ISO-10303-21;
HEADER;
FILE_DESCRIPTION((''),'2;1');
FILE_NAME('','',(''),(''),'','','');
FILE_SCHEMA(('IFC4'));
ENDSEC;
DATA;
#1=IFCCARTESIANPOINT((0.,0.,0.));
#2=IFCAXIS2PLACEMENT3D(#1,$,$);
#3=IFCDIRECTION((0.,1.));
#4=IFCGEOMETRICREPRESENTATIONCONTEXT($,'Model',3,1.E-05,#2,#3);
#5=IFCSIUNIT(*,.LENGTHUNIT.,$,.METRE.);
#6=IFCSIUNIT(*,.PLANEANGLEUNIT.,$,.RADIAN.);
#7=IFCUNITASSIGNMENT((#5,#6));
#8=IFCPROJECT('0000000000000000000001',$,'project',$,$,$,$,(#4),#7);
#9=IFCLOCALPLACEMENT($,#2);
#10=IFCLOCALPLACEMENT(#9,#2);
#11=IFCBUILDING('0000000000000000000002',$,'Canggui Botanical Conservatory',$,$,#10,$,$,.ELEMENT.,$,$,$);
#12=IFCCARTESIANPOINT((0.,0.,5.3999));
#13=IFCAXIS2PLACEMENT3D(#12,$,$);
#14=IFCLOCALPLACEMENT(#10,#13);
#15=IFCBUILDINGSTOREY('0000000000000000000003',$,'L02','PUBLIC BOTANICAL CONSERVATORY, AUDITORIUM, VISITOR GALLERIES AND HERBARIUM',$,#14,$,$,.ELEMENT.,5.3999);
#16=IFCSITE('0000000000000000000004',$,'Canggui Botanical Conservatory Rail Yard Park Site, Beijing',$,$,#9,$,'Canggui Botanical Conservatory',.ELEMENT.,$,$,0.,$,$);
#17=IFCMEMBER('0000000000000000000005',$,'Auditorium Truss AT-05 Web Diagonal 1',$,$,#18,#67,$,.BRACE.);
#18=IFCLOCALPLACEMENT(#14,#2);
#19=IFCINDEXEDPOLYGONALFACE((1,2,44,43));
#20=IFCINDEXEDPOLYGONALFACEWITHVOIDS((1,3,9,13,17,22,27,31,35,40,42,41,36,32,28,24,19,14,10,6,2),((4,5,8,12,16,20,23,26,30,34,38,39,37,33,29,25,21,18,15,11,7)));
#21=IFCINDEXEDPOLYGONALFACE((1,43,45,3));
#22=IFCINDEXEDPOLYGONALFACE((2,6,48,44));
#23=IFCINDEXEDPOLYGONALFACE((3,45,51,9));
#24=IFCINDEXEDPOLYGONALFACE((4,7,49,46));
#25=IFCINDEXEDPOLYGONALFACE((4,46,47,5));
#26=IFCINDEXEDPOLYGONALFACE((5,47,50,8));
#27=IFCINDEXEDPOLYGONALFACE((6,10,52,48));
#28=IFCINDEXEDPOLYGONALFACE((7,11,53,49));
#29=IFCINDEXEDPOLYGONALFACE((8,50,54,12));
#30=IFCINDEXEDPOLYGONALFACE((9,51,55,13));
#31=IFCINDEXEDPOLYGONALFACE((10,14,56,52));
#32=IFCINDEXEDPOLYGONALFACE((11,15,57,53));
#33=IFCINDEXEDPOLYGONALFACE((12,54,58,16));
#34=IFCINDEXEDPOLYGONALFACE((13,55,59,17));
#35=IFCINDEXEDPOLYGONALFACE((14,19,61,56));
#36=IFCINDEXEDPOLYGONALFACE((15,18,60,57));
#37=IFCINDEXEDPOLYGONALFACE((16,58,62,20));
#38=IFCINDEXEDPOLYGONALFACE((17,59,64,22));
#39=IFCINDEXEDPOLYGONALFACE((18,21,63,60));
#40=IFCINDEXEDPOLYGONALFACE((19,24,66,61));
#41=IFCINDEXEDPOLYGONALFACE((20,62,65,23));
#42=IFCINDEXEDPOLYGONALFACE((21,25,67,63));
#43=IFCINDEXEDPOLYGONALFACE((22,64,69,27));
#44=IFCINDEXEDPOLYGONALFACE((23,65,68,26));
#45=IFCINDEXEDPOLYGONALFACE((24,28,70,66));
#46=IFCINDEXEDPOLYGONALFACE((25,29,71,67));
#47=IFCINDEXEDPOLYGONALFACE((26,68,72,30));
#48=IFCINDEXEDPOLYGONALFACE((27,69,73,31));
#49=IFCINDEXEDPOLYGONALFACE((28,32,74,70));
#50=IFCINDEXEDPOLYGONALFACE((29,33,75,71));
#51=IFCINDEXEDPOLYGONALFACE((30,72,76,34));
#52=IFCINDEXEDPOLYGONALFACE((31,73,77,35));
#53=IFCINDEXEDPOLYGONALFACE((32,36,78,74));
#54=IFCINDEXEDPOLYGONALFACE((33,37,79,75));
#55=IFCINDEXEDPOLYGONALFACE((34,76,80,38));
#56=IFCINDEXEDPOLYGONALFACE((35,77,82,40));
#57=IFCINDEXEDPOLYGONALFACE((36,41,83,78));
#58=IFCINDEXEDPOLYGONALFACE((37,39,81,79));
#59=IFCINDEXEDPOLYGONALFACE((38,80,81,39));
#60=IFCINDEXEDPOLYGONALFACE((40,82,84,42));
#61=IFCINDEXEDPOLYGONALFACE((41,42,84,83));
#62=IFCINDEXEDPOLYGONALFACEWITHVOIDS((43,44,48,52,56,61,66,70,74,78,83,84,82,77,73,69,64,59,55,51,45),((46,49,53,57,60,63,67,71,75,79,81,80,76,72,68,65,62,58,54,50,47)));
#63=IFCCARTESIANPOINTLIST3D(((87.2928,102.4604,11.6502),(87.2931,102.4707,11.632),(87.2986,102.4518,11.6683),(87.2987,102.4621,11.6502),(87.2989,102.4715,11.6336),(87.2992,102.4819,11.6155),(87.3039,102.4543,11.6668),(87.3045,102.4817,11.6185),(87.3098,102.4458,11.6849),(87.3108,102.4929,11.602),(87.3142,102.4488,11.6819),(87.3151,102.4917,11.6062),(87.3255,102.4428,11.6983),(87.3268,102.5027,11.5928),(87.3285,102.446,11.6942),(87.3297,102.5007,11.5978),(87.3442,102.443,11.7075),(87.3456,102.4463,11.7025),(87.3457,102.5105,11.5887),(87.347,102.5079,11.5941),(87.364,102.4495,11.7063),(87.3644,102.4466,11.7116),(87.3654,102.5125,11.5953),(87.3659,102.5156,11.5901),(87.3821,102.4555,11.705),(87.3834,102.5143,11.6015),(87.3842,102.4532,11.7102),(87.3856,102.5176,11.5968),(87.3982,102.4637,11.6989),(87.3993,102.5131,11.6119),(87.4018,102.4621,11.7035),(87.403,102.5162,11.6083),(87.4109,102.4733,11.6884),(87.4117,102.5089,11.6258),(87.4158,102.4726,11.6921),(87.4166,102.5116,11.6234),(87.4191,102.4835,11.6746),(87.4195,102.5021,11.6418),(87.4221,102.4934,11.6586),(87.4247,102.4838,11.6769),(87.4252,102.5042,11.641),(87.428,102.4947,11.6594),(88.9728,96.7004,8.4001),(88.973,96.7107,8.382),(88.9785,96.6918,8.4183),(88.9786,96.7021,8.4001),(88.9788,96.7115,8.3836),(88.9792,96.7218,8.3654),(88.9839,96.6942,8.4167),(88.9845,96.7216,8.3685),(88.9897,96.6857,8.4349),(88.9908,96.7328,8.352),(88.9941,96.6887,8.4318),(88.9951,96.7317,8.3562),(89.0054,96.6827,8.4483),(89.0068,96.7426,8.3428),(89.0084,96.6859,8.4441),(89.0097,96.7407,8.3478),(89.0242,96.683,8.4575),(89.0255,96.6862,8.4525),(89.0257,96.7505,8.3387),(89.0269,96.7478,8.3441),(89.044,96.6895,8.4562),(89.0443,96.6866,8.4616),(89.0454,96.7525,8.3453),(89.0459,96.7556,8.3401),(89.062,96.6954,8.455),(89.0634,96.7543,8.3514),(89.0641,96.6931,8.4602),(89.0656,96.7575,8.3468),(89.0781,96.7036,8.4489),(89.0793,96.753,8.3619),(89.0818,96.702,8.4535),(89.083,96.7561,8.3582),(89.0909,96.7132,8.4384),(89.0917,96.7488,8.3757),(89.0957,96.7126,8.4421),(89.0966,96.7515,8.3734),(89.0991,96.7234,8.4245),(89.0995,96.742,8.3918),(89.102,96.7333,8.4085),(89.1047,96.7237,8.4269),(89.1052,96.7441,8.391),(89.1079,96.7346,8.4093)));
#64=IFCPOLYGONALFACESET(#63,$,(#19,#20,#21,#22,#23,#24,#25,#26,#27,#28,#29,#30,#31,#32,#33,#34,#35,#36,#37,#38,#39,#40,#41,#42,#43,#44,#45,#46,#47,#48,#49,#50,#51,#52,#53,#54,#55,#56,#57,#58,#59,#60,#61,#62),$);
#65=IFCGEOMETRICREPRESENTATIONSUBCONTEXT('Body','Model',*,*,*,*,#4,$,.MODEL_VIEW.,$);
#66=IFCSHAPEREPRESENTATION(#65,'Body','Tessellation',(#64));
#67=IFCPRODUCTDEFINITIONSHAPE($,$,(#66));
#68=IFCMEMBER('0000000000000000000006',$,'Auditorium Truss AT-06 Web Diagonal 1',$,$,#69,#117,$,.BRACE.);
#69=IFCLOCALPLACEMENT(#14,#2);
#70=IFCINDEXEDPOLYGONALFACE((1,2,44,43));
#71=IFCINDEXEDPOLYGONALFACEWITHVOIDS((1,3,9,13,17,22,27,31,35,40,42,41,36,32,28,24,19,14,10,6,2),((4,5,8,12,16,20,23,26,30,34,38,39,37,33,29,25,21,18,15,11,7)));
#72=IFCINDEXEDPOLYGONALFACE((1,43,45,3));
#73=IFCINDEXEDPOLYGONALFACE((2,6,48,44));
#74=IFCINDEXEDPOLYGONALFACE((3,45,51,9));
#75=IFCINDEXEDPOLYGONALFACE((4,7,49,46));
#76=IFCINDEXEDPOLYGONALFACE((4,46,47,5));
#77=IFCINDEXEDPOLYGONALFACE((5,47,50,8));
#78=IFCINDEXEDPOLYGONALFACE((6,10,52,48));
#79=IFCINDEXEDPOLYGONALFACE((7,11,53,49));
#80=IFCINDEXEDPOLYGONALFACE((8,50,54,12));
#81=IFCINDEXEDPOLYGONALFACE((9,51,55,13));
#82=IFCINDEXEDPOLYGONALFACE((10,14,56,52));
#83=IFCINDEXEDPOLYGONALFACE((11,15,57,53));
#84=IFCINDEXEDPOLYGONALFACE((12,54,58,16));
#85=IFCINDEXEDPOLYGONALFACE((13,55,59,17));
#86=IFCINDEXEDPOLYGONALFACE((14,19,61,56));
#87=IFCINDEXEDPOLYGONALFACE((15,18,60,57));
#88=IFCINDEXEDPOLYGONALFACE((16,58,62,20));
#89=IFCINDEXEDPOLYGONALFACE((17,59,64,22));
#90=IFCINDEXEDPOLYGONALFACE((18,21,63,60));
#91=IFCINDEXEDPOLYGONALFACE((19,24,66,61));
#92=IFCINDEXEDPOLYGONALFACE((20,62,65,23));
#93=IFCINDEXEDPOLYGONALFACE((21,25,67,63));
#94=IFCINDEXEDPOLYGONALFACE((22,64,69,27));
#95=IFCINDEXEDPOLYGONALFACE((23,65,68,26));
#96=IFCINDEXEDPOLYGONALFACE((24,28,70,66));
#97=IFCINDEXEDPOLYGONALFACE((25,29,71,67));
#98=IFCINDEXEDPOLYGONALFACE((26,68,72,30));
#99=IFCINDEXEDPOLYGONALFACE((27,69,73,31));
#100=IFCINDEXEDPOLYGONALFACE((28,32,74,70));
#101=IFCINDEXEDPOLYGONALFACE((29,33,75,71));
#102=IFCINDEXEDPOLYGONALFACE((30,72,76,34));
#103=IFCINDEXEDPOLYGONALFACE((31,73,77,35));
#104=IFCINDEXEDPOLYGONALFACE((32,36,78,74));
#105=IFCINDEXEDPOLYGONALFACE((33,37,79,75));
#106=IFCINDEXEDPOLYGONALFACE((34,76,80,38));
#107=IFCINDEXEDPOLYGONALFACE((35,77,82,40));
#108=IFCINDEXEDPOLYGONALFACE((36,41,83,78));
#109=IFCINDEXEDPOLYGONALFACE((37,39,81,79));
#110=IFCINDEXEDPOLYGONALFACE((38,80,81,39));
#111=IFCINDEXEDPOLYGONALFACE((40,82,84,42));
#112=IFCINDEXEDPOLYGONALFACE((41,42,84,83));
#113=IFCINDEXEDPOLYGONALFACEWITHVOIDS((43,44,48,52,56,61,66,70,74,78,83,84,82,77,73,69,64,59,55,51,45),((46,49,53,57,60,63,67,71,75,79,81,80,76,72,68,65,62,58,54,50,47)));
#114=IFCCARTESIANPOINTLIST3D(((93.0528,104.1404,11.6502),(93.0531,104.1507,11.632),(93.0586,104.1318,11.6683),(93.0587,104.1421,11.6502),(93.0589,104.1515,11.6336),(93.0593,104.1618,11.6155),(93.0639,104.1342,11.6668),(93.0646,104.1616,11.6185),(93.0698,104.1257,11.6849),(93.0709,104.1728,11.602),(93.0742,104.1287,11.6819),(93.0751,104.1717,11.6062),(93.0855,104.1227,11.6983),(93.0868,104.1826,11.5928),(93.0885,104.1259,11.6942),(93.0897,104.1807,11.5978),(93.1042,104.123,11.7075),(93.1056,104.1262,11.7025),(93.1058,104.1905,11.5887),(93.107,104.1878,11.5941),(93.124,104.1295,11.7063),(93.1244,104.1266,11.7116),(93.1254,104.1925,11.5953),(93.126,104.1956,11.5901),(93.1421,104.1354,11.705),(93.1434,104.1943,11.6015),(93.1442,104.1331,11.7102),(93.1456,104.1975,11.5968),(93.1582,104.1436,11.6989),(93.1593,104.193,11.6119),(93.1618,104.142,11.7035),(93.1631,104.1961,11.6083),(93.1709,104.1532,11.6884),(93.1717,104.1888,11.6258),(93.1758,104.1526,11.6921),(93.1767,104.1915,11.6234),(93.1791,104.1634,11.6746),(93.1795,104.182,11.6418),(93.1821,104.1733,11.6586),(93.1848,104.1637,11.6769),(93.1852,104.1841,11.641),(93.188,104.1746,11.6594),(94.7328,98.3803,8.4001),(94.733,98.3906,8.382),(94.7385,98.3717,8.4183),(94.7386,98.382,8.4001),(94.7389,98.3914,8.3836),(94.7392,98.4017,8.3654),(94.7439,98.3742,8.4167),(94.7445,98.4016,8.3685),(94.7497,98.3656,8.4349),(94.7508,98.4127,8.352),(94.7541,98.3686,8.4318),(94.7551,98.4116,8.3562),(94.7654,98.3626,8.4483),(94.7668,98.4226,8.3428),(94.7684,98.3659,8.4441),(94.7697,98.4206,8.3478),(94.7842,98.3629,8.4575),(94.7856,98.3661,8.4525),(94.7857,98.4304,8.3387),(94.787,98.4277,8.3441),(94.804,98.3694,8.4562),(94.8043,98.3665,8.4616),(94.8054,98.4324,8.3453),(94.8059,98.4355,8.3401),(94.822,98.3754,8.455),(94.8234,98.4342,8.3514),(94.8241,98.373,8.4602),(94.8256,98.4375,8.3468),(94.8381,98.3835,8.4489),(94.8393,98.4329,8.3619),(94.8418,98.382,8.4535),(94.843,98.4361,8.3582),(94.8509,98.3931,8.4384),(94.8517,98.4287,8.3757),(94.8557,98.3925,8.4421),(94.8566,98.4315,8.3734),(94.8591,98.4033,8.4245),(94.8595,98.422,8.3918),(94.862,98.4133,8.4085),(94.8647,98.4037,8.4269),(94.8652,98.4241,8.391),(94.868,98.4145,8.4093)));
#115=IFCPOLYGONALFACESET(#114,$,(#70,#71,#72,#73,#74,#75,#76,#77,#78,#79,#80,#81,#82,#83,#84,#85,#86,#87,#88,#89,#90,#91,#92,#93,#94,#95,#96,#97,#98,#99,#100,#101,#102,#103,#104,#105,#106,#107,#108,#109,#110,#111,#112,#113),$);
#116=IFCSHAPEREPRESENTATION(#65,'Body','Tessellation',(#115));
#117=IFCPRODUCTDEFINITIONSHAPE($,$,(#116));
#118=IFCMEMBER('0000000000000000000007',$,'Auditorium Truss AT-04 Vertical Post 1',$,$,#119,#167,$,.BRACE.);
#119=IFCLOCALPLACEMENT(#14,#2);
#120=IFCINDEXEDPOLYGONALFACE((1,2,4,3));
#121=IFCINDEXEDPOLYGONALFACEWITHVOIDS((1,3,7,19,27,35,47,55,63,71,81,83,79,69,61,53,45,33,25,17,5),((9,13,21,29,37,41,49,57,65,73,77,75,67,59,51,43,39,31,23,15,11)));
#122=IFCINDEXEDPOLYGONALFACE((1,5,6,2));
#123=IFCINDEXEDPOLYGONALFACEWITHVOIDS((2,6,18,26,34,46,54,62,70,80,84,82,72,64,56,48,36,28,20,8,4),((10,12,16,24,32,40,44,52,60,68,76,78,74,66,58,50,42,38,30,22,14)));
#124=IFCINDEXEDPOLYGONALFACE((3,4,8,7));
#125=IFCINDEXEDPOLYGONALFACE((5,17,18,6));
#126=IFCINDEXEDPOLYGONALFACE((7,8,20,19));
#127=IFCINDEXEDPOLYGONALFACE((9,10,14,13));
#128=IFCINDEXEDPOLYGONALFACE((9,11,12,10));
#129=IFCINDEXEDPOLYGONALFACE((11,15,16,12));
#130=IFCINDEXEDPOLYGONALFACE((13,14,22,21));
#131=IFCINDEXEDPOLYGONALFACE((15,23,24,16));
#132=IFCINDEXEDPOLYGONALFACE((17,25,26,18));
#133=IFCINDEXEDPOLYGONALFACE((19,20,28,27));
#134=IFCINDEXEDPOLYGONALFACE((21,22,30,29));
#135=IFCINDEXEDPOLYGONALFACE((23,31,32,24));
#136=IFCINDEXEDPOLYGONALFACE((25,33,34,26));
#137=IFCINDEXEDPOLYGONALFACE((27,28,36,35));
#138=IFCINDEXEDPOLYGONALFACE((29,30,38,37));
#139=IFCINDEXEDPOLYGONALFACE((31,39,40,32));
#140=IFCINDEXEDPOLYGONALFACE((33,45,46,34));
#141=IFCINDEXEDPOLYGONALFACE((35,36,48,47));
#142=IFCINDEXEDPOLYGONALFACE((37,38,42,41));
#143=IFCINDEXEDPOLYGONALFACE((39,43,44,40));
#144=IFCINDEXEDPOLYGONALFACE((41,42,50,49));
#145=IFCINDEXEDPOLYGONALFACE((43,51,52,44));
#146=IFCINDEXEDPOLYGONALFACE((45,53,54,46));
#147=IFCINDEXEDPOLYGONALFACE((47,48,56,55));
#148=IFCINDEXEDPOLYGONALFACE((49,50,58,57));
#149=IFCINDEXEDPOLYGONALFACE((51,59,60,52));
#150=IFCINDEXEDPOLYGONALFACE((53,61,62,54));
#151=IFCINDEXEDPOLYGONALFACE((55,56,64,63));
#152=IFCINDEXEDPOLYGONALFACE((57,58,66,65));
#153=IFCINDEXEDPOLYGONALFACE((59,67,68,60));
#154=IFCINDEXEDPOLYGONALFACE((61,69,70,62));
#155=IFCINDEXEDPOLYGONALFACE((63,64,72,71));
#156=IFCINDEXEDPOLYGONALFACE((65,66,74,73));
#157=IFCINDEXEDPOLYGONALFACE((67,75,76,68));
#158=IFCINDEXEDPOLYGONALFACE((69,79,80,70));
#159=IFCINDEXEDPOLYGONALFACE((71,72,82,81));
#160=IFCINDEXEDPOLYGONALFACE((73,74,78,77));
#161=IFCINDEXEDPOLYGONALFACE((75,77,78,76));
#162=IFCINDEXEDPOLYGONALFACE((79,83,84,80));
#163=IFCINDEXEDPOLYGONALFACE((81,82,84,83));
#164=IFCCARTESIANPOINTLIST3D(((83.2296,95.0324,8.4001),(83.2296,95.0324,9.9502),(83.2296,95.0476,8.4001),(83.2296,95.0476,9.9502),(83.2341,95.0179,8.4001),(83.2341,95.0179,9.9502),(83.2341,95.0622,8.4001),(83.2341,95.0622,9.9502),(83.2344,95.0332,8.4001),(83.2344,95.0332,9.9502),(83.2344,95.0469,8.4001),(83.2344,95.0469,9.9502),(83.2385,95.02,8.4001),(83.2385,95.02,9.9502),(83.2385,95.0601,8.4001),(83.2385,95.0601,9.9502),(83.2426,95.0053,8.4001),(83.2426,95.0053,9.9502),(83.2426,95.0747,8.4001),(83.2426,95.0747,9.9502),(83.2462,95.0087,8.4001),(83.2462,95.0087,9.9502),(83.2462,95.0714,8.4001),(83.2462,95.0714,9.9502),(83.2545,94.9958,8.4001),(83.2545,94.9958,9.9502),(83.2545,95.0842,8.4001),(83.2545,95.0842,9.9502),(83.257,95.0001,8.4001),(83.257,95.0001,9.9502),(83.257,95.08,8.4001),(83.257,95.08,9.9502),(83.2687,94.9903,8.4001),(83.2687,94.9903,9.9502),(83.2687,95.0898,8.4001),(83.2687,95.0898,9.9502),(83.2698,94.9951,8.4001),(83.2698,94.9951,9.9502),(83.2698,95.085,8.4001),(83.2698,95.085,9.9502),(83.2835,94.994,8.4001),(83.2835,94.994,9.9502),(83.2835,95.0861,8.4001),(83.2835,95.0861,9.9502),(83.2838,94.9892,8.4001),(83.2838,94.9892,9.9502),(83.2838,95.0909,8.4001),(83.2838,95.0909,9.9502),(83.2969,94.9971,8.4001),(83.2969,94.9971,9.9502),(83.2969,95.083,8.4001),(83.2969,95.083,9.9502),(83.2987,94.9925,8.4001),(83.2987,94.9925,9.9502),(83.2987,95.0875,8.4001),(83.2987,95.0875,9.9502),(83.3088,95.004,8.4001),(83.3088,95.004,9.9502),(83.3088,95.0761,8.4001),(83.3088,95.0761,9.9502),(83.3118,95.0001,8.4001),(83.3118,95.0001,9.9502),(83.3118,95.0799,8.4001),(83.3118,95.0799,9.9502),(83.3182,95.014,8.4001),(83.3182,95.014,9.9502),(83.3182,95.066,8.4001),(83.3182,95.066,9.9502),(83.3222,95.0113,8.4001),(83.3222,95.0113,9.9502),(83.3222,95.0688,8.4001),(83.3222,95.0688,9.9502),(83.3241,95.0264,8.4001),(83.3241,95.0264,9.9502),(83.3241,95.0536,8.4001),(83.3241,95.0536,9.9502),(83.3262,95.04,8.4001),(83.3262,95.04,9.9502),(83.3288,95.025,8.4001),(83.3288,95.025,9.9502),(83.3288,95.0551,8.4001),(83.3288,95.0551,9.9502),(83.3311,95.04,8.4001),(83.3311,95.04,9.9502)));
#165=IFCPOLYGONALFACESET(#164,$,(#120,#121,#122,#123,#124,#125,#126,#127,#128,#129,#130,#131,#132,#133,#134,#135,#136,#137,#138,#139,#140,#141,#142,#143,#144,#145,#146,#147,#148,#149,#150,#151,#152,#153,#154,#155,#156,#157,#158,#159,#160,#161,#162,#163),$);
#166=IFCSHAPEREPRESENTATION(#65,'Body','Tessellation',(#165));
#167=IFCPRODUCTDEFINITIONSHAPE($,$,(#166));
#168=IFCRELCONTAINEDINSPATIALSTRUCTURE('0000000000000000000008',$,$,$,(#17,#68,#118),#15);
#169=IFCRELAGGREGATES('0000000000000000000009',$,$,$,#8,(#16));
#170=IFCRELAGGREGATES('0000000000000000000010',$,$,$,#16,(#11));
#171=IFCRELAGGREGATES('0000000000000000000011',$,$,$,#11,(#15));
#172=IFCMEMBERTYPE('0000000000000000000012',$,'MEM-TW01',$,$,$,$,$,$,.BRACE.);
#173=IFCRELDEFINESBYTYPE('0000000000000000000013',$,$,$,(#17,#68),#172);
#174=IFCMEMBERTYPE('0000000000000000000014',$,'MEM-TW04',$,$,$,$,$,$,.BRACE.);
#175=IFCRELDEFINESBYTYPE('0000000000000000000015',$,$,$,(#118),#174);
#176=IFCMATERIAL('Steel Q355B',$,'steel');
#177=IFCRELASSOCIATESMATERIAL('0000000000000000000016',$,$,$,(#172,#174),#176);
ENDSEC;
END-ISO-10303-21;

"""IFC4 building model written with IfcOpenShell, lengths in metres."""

from ifc_helpers import new_model, si_unit, direction, frame, origin, origin_2d, place, context, subcontext, project, spatial, hollow_circle, extrude, material, material_profile, profile_set, type_object, element, save


model = new_model("IFC4")

# Units and contexts
model_context = context("Model", 3, precision=1e-05, world=origin(), true_north=direction((0.0, 1.0)))
body_context = subcontext(model_context, "Body", "Model", "MODEL_VIEW")
ifc_project = project(units=[si_unit("LENGTHUNIT", "METRE"), si_unit("PLANEANGLEUNIT", "RADIAN")], contexts=[model_context])

# Site, building, storey
site_placement = place(None, origin())
site = spatial("IfcSite", under=ifc_project, at=site_placement, Name="Canggui Botanical Conservatory Rail Yard Park Site, Beijing", LongName="Canggui Botanical Conservatory", CompositionType="ELEMENT", RefElevation=0.0)
building_placement = place(site_placement, origin())
building = spatial("IfcBuilding", under=site, at=building_placement, Name="Canggui Botanical Conservatory", CompositionType="ELEMENT")
storey_placement = place(building_placement, frame((0.0, 0.0, 5.3999)))
storey = spatial("IfcBuildingStorey", under=building, at=storey_placement, Name="L02", Description="PUBLIC BOTANICAL CONSERVATORY, AUDITORIUM, VISITOR GALLERIES AND HERBARIUM", CompositionType="ELEMENT", Elevation=5.3999)

# Shared definitions
ifc_material_1 = material(Name="Steel Q355B", Category="steel")

# Members
ifc_material_profile_1 = material_profile(ifc_material_1, hollow_circle(Radius=0.0701, WallThickness=0.0061, at=origin_2d()), Name="CHS 140x6")
ifc_profile_set_1 = profile_set([ifc_material_profile_1], Name="Steel Q355B")
member_type_1 = type_object("IfcMemberType", Name="MEM-TW01", PredefinedType="BRACE", material=ifc_profile_set_1)
for number, where, z_axis, x_axis, name in (
    (1, (89.04, 96.72, 8.4001), (-0.246192, 0.844123, 0.476284), (-0.960003, -0.279989, 0.0), "Auditorium Truss AT-05 Web Diagonal 1"),
    (2, (94.8, 98.3999, 8.4001), (-0.246192, 0.844123, 0.476284), (-0.960003, -0.279989, 0.0), "Auditorium Truss AT-06 Web Diagonal 1"),
):
    element("IfcMember", number, at=place(storey_placement, frame(where, z_axis=z_axis, x_axis=x_axis)), inside=storey, type_object=member_type_1, Name=name, PredefinedType="BRACE", context=body_context, shape_type="SweptSolid", body=[
        extrude(hollow_circle(Radius=0.0701, WallThickness=0.0061, at=origin_2d()), origin(), (0.0, 0.0, 1.0), 6.8237),
    ])
ifc_material_profile_2 = material_profile(ifc_material_1, hollow_circle(Radius=0.051, WallThickness=0.0049, at=origin_2d()), Name="CHS 102x5")
ifc_profile_set_2 = profile_set([ifc_material_profile_2], Name="Steel Q355B")
member_type_2 = type_object("IfcMemberType", Name="MEM-TW04", PredefinedType="BRACE", material=ifc_profile_set_2)
for number, where, z_axis, x_axis, name in (
    (3, (83.28, 95.04, 8.4001), (0.0, 0.0, 1.0), (1.0, 0.0, 0.0), "Auditorium Truss AT-04 Vertical Post 1"),
):
    element("IfcMember", number, at=place(storey_placement, frame(where, z_axis=z_axis, x_axis=x_axis)), inside=storey, type_object=member_type_2, Name=name, PredefinedType="BRACE", context=body_context, shape_type="SweptSolid", body=[
        extrude(hollow_circle(Radius=0.051, WallThickness=0.0049, at=origin_2d()), origin(), (0.0, 0.0, 1.0), 1.55),
    ])

save(model, "model.ifc")
